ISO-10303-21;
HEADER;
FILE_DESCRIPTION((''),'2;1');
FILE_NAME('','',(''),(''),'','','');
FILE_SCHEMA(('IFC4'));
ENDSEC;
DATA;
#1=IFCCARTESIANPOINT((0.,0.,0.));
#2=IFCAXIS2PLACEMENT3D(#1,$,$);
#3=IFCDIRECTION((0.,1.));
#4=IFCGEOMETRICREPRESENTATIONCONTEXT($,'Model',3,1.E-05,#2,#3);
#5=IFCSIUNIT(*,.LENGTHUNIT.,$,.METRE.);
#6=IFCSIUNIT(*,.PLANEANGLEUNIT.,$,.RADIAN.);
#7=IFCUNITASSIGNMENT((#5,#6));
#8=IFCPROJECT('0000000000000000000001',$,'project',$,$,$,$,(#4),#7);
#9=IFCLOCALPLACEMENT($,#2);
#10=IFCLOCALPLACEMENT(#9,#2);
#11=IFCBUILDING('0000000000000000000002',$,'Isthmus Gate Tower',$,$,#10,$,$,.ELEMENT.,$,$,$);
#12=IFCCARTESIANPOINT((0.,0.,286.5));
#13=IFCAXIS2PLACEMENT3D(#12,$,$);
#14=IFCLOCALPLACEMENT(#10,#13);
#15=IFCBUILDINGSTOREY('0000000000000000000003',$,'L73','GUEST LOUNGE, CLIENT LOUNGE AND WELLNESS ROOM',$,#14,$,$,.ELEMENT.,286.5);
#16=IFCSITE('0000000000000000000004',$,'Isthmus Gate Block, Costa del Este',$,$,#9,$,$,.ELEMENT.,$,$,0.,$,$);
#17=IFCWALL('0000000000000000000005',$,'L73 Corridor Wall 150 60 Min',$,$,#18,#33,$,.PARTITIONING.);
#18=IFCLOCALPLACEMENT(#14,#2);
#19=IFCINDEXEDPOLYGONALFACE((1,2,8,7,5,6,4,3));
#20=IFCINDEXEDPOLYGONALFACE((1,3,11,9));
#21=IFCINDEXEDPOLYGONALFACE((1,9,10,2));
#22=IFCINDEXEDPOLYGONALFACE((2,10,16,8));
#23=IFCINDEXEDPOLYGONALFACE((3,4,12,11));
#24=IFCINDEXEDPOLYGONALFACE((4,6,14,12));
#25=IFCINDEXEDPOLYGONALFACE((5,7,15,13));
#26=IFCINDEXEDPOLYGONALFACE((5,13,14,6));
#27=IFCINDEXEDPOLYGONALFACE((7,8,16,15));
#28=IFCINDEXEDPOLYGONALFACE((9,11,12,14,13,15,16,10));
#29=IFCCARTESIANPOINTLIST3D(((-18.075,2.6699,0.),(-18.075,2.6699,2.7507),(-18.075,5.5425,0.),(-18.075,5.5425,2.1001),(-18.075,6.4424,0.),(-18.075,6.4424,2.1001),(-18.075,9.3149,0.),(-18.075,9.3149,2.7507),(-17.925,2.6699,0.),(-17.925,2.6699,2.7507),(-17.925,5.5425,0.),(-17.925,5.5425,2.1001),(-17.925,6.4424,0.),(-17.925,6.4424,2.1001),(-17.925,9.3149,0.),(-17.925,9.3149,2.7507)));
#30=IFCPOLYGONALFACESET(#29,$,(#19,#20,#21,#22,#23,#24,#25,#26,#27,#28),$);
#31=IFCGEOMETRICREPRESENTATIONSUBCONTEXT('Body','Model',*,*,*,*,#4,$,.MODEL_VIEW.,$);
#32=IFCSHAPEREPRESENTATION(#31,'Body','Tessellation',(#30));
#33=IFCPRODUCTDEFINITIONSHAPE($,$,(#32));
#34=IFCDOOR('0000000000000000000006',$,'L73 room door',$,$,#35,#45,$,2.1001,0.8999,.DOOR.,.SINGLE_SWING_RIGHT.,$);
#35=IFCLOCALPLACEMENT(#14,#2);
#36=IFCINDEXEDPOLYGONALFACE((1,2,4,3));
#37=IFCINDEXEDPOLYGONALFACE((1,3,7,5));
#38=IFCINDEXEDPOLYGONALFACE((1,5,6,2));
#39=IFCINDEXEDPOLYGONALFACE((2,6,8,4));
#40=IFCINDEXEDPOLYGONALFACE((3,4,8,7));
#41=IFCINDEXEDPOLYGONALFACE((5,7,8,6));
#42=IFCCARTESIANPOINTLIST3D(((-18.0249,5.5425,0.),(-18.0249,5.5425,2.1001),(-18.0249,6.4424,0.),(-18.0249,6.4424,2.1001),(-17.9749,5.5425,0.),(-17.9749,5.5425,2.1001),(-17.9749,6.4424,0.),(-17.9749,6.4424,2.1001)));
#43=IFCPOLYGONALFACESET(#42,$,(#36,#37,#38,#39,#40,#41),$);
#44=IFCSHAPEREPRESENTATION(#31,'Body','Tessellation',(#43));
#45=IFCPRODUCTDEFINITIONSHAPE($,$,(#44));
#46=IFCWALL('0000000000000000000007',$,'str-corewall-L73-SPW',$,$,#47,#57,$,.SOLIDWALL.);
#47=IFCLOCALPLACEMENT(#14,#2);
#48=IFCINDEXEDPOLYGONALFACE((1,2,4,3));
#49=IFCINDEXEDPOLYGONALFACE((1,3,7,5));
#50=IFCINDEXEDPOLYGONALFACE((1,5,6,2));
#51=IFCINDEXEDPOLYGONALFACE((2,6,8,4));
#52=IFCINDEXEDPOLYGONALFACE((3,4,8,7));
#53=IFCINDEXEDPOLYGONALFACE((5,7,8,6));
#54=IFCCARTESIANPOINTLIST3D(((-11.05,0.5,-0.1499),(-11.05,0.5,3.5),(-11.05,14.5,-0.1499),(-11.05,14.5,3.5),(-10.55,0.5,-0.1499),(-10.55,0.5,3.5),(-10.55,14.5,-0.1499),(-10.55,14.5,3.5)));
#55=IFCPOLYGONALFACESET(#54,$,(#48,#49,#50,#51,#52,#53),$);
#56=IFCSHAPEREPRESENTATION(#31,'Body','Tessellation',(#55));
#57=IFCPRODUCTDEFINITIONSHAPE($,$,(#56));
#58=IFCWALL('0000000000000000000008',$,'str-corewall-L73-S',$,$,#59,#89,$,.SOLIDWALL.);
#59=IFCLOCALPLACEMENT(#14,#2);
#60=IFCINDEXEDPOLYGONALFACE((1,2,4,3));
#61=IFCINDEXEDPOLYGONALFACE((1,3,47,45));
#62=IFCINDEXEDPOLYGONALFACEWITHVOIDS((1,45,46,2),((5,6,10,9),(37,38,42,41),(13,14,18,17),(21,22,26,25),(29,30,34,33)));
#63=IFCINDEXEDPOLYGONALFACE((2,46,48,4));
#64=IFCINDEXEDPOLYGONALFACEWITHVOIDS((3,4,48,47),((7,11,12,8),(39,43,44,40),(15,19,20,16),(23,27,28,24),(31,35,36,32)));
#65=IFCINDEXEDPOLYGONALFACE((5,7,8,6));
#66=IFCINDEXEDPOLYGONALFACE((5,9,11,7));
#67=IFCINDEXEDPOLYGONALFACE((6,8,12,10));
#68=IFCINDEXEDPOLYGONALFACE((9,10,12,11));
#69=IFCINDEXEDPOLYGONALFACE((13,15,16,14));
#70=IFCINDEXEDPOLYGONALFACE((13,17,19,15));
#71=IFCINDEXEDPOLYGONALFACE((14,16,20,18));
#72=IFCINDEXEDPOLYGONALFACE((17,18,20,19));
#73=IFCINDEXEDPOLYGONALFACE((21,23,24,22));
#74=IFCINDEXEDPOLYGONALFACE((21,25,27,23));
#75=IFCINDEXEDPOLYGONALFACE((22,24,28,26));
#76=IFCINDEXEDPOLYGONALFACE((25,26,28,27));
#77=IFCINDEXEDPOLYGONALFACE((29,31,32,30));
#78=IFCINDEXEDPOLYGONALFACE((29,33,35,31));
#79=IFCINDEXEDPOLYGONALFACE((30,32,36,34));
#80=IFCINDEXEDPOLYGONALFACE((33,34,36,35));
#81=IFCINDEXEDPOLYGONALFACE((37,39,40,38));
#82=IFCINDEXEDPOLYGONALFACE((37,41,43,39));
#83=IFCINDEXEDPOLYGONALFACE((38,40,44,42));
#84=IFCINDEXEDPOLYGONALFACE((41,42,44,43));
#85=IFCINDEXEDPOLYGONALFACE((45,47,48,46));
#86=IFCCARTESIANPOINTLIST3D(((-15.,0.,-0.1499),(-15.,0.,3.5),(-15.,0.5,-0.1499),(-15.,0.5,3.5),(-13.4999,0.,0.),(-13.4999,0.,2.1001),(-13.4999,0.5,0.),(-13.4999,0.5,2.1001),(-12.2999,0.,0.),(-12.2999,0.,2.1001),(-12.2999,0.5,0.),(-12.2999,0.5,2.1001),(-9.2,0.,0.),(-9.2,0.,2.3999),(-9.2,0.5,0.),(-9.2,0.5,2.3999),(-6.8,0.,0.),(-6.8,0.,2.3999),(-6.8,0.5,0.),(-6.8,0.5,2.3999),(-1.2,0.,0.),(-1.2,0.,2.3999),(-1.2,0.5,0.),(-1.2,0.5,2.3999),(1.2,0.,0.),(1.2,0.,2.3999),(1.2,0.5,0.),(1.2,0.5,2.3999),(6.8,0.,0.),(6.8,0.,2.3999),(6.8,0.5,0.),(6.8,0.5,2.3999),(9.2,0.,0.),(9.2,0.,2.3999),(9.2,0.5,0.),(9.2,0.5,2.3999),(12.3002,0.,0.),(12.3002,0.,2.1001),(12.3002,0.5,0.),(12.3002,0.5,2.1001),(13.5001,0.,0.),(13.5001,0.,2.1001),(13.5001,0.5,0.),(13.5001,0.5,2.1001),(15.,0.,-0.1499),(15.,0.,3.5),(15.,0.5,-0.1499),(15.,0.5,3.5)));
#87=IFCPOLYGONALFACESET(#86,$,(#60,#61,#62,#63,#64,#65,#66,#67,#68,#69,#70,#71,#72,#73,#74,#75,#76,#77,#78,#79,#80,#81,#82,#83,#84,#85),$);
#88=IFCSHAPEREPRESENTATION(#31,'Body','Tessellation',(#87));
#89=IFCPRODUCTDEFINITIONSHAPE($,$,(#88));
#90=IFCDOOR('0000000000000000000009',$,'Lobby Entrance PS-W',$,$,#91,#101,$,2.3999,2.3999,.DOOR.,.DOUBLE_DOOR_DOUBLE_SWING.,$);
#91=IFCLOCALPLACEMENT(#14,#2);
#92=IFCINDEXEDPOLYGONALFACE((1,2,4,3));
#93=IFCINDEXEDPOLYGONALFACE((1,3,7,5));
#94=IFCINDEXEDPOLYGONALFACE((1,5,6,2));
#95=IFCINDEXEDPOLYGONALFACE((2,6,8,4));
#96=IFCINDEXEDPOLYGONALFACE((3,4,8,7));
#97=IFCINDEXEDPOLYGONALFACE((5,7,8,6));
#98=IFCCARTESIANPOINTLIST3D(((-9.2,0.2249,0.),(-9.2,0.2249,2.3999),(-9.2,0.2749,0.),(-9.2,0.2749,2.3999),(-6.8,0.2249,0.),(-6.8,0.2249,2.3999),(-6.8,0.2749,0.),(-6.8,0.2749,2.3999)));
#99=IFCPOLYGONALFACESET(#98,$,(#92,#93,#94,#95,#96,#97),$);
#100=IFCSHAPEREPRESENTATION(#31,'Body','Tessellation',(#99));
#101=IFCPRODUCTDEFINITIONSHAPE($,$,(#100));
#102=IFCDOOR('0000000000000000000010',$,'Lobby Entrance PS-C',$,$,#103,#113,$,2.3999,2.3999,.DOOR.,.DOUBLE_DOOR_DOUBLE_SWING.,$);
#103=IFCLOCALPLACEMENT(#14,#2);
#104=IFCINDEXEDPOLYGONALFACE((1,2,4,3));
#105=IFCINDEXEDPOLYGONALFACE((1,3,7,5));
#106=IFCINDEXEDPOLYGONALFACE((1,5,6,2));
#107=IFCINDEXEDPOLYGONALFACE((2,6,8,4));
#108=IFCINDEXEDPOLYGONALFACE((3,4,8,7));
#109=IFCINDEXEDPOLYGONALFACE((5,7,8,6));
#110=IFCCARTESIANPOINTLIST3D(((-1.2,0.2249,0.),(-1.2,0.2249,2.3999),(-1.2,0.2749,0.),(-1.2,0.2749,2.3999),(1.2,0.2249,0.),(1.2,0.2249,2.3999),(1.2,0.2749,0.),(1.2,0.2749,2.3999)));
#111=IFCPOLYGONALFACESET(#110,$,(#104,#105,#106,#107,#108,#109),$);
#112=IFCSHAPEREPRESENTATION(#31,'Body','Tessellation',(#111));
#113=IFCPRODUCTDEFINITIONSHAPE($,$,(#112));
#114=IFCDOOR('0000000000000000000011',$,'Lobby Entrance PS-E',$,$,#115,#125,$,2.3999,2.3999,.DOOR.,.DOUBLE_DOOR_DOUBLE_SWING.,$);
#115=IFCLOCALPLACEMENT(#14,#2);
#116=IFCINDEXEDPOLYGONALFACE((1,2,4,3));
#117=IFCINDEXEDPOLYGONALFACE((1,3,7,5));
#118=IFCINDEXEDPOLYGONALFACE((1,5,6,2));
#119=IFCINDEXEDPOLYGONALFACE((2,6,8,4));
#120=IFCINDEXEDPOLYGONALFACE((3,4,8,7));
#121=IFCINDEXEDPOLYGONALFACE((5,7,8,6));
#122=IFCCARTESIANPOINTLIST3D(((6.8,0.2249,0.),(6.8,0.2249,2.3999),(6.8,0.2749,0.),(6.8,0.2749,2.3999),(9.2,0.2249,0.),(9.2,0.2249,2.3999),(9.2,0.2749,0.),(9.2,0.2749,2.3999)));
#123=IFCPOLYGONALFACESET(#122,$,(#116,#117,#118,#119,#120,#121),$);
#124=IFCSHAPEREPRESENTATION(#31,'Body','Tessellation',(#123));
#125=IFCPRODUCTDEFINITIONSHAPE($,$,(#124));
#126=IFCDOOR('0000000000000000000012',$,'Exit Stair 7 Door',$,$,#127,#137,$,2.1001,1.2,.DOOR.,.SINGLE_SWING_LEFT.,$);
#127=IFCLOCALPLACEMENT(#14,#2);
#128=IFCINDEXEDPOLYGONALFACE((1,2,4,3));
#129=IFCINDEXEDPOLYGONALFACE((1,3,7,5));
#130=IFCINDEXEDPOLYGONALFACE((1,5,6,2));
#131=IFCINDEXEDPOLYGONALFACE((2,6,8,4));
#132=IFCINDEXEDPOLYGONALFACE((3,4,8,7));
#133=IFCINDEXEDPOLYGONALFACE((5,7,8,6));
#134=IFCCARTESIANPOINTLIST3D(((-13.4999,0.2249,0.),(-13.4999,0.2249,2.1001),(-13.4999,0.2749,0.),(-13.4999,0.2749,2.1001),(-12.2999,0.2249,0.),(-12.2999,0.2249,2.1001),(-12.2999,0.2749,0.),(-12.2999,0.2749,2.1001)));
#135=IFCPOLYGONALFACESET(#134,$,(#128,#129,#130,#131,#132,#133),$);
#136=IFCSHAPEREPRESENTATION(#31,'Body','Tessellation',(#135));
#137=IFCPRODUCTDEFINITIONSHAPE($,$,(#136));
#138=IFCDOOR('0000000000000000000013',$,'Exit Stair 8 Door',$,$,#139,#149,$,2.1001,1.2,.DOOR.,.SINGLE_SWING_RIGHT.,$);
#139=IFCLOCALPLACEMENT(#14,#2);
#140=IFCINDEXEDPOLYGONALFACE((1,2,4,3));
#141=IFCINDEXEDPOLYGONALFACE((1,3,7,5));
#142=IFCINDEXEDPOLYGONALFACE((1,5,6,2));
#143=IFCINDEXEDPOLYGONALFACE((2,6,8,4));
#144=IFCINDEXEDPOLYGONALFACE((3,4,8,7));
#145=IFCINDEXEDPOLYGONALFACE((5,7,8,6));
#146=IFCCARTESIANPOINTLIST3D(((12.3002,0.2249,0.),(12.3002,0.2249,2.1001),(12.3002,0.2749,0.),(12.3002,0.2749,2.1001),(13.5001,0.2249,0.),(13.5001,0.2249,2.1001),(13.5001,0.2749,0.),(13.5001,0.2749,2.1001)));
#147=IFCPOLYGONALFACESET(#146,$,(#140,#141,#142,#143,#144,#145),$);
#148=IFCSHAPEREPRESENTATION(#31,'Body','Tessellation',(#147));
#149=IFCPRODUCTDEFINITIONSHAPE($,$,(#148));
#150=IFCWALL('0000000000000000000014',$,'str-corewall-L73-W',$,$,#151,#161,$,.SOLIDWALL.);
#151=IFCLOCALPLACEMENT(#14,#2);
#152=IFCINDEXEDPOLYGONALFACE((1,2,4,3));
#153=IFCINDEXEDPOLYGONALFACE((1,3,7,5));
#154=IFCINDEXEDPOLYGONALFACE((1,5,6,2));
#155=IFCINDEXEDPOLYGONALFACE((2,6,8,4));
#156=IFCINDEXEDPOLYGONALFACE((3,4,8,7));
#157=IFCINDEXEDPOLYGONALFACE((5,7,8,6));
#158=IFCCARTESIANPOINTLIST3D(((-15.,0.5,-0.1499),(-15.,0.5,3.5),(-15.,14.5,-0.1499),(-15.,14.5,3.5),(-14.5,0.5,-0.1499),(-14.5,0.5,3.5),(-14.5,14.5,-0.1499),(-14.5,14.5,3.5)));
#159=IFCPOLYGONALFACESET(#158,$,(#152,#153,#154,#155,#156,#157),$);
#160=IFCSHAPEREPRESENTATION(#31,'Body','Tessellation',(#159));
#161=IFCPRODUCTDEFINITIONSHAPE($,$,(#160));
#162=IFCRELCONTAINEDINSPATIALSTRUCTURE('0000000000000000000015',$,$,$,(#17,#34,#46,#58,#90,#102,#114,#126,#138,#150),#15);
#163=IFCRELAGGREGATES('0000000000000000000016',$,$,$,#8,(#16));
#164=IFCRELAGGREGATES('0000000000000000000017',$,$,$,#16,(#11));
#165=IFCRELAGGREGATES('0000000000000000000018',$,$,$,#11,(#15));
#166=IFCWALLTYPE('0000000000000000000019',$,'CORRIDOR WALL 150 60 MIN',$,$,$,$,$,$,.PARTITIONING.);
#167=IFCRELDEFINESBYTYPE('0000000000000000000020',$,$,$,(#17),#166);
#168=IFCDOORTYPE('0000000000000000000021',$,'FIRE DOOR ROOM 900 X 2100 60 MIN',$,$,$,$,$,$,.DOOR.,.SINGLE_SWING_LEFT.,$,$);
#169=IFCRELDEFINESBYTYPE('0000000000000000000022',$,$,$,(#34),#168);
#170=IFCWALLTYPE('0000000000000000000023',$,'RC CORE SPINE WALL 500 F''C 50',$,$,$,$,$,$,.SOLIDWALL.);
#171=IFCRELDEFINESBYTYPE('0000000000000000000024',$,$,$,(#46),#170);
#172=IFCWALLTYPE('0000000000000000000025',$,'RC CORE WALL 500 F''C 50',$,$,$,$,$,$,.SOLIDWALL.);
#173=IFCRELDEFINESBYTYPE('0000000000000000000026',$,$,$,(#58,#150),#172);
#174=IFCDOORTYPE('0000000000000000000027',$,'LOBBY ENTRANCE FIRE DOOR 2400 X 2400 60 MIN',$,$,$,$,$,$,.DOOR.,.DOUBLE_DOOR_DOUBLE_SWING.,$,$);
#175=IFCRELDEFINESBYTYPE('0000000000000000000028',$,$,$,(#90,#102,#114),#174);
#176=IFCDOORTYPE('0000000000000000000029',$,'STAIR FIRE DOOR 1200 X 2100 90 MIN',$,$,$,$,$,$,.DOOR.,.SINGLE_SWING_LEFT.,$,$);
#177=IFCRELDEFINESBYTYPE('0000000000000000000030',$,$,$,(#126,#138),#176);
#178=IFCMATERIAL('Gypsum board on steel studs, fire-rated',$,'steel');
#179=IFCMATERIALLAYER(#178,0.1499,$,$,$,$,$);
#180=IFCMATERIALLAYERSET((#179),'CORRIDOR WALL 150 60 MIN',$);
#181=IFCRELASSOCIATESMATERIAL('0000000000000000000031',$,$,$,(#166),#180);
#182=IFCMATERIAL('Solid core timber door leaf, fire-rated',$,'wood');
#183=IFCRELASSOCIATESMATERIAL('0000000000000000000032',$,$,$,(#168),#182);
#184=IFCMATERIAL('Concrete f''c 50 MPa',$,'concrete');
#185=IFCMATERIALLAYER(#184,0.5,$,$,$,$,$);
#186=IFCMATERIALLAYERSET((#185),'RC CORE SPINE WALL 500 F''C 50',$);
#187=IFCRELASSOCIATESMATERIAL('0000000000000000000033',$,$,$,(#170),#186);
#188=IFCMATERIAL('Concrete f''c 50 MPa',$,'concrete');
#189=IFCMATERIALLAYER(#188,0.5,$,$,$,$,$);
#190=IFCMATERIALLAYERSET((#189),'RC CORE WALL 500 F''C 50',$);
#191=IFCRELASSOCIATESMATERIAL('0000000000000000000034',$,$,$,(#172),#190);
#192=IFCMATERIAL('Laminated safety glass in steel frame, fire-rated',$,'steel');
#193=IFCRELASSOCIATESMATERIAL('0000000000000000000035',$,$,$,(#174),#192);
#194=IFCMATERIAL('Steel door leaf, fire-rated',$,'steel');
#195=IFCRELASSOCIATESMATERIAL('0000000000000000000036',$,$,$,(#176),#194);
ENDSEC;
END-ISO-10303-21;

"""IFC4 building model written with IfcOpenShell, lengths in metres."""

from ifc_helpers import new_model, si_unit, direction, frame, frame_2d, origin, place, context, subcontext, project, spatial, rectangle, extrude, material, layer, layer_set, type_object, element, fill, save


model = new_model("IFC4")

# Units and contexts
model_context = context("Model", 3, precision=1e-05, world=origin(), true_north=direction((0.0, 1.0)))
body_context = subcontext(model_context, "Body", "Model", "MODEL_VIEW")
ifc_project = project(units=[si_unit("LENGTHUNIT", "METRE"), si_unit("PLANEANGLEUNIT", "RADIAN")], contexts=[model_context])

# Site, building, storey
site_placement = place(None, origin())
site = spatial("IfcSite", under=ifc_project, at=site_placement, Name="Isthmus Gate Block, Costa del Este", CompositionType="ELEMENT", RefElevation=0.0)
building_placement = place(site_placement, origin())
building = spatial("IfcBuilding", under=site, at=building_placement, Name="Isthmus Gate Tower", CompositionType="ELEMENT")
storey_placement = place(building_placement, frame((0.0, 0.0, 286.5)))
storey = spatial("IfcBuildingStorey", under=building, at=storey_placement, Name="L73", Description="GUEST LOUNGE, CLIENT LOUNGE AND WELLNESS ROOM", CompositionType="ELEMENT", Elevation=286.5)

# Shared definitions
ifc_material_1 = material(Name="Gypsum board on steel studs, fire-rated", Category="steel")
ifc_layer_1 = layer(ifc_material_1, 0.1499)
ifc_layer_set_1 = layer_set([ifc_layer_1], Name="CORRIDOR WALL 150 60 MIN")
wall_type_1 = type_object("IfcWallType", Name="CORRIDOR WALL 150 60 MIN", PredefinedType="PARTITIONING", material=ifc_layer_set_1)

# Wall, opening, door
wall_1_placement = place(storey_placement, frame((-18.0, 2.6699, 0.0), z_axis=(0.0, 0.0, 1.0), x_axis=(0.0, 1.0, 0.0)))
wall_1 = element("IfcWall", 1, at=wall_1_placement, inside=storey, type_object=wall_type_1, Name="L73 Corridor Wall 150 60 Min", PredefinedType="PARTITIONING", context=body_context, shape_type="SweptSolid", body=[
    extrude(rectangle(XDim=6.645, YDim=0.1499, at=frame_2d((3.3225, 0.0))), origin(), (0.0, 0.0, 1.0), 2.7507),
])
opening_1_placement = place(wall_1_placement, frame((2.8726, 0.0, 0.0)))
opening_1 = element("IfcOpeningElement", 2, at=opening_1_placement, cuts=wall_1, PredefinedType="OPENING", context=body_context, shape_type="SweptSolid", body=[
    extrude(rectangle(XDim=0.8999, YDim=2.1001, at=frame_2d((0.45, 1.05))), frame((0.0, 0.085, 0.0), z_axis=(0.0, -1.0, 0.0), x_axis=(1.0, 0.0, 0.0)), (0.0, 0.0, 1.0), 0.1699),
])
ifc_material_2 = material(Name="Solid core timber door leaf, fire-rated", Category="wood")
door_type_1 = type_object("IfcDoorType", Name="FIRE DOOR ROOM 900 X 2100 60 MIN", OperationType="SINGLE_SWING_LEFT", PredefinedType="DOOR", material=ifc_material_2)
door_1_placement = place(opening_1_placement, origin())
door_1 = element("IfcDoor", 3, at=door_1_placement, inside=storey, type_object=door_type_1, Name="L73 room door", OperationType="SINGLE_SWING_RIGHT", OverallHeight=2.1001, OverallWidth=0.8999, PredefinedType="DOOR", context=body_context, shape_type="SweptSolid", body=[
    extrude(rectangle(XDim=0.8999, YDim=2.1001, at=frame_2d((0.45, 1.05))), frame((0.0, 0.0249, 0.0), z_axis=(0.0, -1.0, 0.0), x_axis=(1.0, 0.0, 0.0)), (0.0, 0.0, 1.0), 0.05),
])
fill(opening_1, door_1)

# Wall
ifc_material_3 = material(Name="Concrete f'c 50 MPa", Category="concrete")
ifc_layer_2 = layer(ifc_material_3, 0.5)
ifc_layer_set_2 = layer_set([ifc_layer_2], Name="RC CORE SPINE WALL 500 F'C 50")
wall_type_2 = type_object("IfcWallType", Name="RC CORE SPINE WALL 500 F'C 50", PredefinedType="SOLIDWALL", material=ifc_layer_set_2)
wall_2_placement = place(storey_placement, frame((-10.8, 0.5, -0.1499), z_axis=(0.0, 0.0, 1.0), x_axis=(0.0, 1.0, 0.0)))
element("IfcWall", 4, at=wall_2_placement, inside=storey, type_object=wall_type_2, Name="str-corewall-L73-SPW", PredefinedType="SOLIDWALL", context=body_context, shape_type="SweptSolid", body=[
    extrude(rectangle(XDim=14.0, YDim=0.5, at=frame_2d((7.0, 0.0))), origin(), (0.0, 0.0, 1.0), 3.6499),
])

# Wall, openings, doors
ifc_material_4 = material(Name="Concrete f'c 50 MPa", Category="concrete")
ifc_layer_3 = layer(ifc_material_4, 0.5)
ifc_layer_set_3 = layer_set([ifc_layer_3], Name="RC CORE WALL 500 F'C 50")
wall_type_3 = type_object("IfcWallType", Name="RC CORE WALL 500 F'C 50", PredefinedType="SOLIDWALL", material=ifc_layer_set_3)
wall_3_placement = place(storey_placement, frame((-15.0, 0.25, -0.1499), z_axis=(0.0, 0.0, 1.0), x_axis=(1.0, 0.0, 0.0)))
wall_3 = element("IfcWall", 5, at=wall_3_placement, inside=storey, type_object=wall_type_3, Name="str-corewall-L73-S", PredefinedType="SOLIDWALL", context=body_context, shape_type="SweptSolid", body=[
    extrude(rectangle(XDim=30.0, YDim=0.5, at=frame_2d((15.0, 0.0))), origin(), (0.0, 0.0, 1.0), 3.6499),
])
opening_2_placement = place(wall_3_placement, frame((5.8, 0.0, 0.1499)))
opening_2 = element("IfcOpeningElement", 6, at=opening_2_placement, cuts=wall_3, PredefinedType="OPENING", context=body_context, shape_type="SweptSolid", body=[
    extrude(rectangle(XDim=2.3999, YDim=2.3999, at=frame_2d((1.2, 1.2))), frame((0.0, 0.26, 0.0), z_axis=(0.0, -1.0, 0.0), x_axis=(1.0, 0.0, 0.0)), (0.0, 0.0, 1.0), 0.52),
])
opening_3_placement = place(wall_3_placement, frame((13.8, 0.0, 0.1499)))
opening_3 = element("IfcOpeningElement", 7, at=opening_3_placement, cuts=wall_3, PredefinedType="OPENING", context=body_context, shape_type="SweptSolid", body=[
    extrude(rectangle(XDim=2.3999, YDim=2.3999, at=frame_2d((1.2, 1.2))), frame((0.0, 0.26, 0.0), z_axis=(0.0, -1.0, 0.0), x_axis=(1.0, 0.0, 0.0)), (0.0, 0.0, 1.0), 0.52),
])
opening_4_placement = place(wall_3_placement, frame((21.8, 0.0, 0.1499)))
opening_4 = element("IfcOpeningElement", 8, at=opening_4_placement, cuts=wall_3, PredefinedType="OPENING", context=body_context, shape_type="SweptSolid", body=[
    extrude(rectangle(XDim=2.3999, YDim=2.3999, at=frame_2d((1.2, 1.2))), frame((0.0, 0.26, 0.0), z_axis=(0.0, -1.0, 0.0), x_axis=(1.0, 0.0, 0.0)), (0.0, 0.0, 1.0), 0.52),
])
opening_5_placement = place(wall_3_placement, frame((1.5, 0.0, 0.1499)))
opening_5 = element("IfcOpeningElement", 9, at=opening_5_placement, cuts=wall_3, PredefinedType="OPENING", context=body_context, shape_type="SweptSolid", body=[
    extrude(rectangle(XDim=1.2, YDim=2.1001, at=frame_2d((0.6001, 1.05))), frame((0.0, 0.26, 0.0), z_axis=(0.0, -1.0, 0.0), x_axis=(1.0, 0.0, 0.0)), (0.0, 0.0, 1.0), 0.52),
])
opening_6_placement = place(wall_3_placement, frame((27.3, 0.0, 0.1499)))
opening_6 = element("IfcOpeningElement", 10, at=opening_6_placement, cuts=wall_3, PredefinedType="OPENING", context=body_context, shape_type="SweptSolid", body=[
    extrude(rectangle(XDim=1.2, YDim=2.1001, at=frame_2d((0.6001, 1.05))), frame((0.0, 0.26, 0.0), z_axis=(0.0, -1.0, 0.0), x_axis=(1.0, 0.0, 0.0)), (0.0, 0.0, 1.0), 0.52),
])
ifc_material_5 = material(Name="Laminated safety glass in steel frame, fire-rated", Category="steel")
door_type_2 = type_object("IfcDoorType", Name="LOBBY ENTRANCE FIRE DOOR 2400 X 2400 60 MIN", OperationType="DOUBLE_DOOR_DOUBLE_SWING", PredefinedType="DOOR", material=ifc_material_5)
door_2_placement = place(opening_2_placement, origin())
door_2 = element("IfcDoor", 11, at=door_2_placement, inside=storey, type_object=door_type_2, Name="Lobby Entrance PS-W", OperationType="DOUBLE_DOOR_DOUBLE_SWING", OverallHeight=2.3999, OverallWidth=2.3999, PredefinedType="DOOR", context=body_context, shape_type="SweptSolid", body=[
    extrude(rectangle(XDim=2.3999, YDim=2.3999, at=frame_2d((1.2, 1.2))), frame((0.0, 0.0249, 0.0), z_axis=(0.0, -1.0, 0.0), x_axis=(1.0, 0.0, 0.0)), (0.0, 0.0, 1.0), 0.05),
])
fill(opening_2, door_2)
door_3_placement = place(opening_3_placement, origin())
door_3 = element("IfcDoor", 12, at=door_3_placement, inside=storey, type_object=door_type_2, Name="Lobby Entrance PS-C", OperationType="DOUBLE_DOOR_DOUBLE_SWING", OverallHeight=2.3999, OverallWidth=2.3999, PredefinedType="DOOR", context=body_context, shape_type="SweptSolid", body=[
    extrude(rectangle(XDim=2.3999, YDim=2.3999, at=frame_2d((1.2, 1.2))), frame((0.0, 0.0249, 0.0), z_axis=(0.0, -1.0, 0.0), x_axis=(1.0, 0.0, 0.0)), (0.0, 0.0, 1.0), 0.05),
])
fill(opening_3, door_3)
door_4_placement = place(opening_4_placement, origin())
door_4 = element("IfcDoor", 13, at=door_4_placement, inside=storey, type_object=door_type_2, Name="Lobby Entrance PS-E", OperationType="DOUBLE_DOOR_DOUBLE_SWING", OverallHeight=2.3999, OverallWidth=2.3999, PredefinedType="DOOR", context=body_context, shape_type="SweptSolid", body=[
    extrude(rectangle(XDim=2.3999, YDim=2.3999, at=frame_2d((1.2, 1.2))), frame((0.0, 0.0249, 0.0), z_axis=(0.0, -1.0, 0.0), x_axis=(1.0, 0.0, 0.0)), (0.0, 0.0, 1.0), 0.05),
])
fill(opening_4, door_4)
ifc_material_6 = material(Name="Steel door leaf, fire-rated", Category="steel")
door_type_3 = type_object("IfcDoorType", Name="STAIR FIRE DOOR 1200 X 2100 90 MIN", OperationType="SINGLE_SWING_LEFT", PredefinedType="DOOR", material=ifc_material_6)
door_5_placement = place(opening_5_placement, origin())
door_5 = element("IfcDoor", 14, at=door_5_placement, inside=storey, type_object=door_type_3, Name="Exit Stair 7 Door", OperationType="SINGLE_SWING_LEFT", OverallHeight=2.1001, OverallWidth=1.2, PredefinedType="DOOR", context=body_context, shape_type="SweptSolid", body=[
    extrude(rectangle(XDim=1.2, YDim=2.1001, at=frame_2d((0.6001, 1.05))), frame((0.0, 0.0249, 0.0), z_axis=(0.0, -1.0, 0.0), x_axis=(1.0, 0.0, 0.0)), (0.0, 0.0, 1.0), 0.05),
])
fill(opening_5, door_5)
door_6_placement = place(opening_6_placement, origin())
door_6 = element("IfcDoor", 15, at=door_6_placement, inside=storey, type_object=door_type_3, Name="Exit Stair 8 Door", OperationType="SINGLE_SWING_RIGHT", OverallHeight=2.1001, OverallWidth=1.2, PredefinedType="DOOR", context=body_context, shape_type="SweptSolid", body=[
    extrude(rectangle(XDim=1.2, YDim=2.1001, at=frame_2d((0.6001, 1.05))), frame((0.0, 0.0249, 0.0), z_axis=(0.0, -1.0, 0.0), x_axis=(1.0, 0.0, 0.0)), (0.0, 0.0, 1.0), 0.05),
])
fill(opening_6, door_6)

# Wall
wall_4_placement = place(storey_placement, frame((-14.75, 0.5, -0.1499), z_axis=(0.0, 0.0, 1.0), x_axis=(0.0, 1.0, 0.0)))
element("IfcWall", 16, at=wall_4_placement, inside=storey, type_object=wall_type_3, Name="str-corewall-L73-W", PredefinedType="SOLIDWALL", context=body_context, shape_type="SweptSolid", body=[
    extrude(rectangle(XDim=14.0, YDim=0.5, at=frame_2d((7.0, 0.0))), origin(), (0.0, 0.0, 1.0), 3.6499),
])

save(model, "model.ifc")
